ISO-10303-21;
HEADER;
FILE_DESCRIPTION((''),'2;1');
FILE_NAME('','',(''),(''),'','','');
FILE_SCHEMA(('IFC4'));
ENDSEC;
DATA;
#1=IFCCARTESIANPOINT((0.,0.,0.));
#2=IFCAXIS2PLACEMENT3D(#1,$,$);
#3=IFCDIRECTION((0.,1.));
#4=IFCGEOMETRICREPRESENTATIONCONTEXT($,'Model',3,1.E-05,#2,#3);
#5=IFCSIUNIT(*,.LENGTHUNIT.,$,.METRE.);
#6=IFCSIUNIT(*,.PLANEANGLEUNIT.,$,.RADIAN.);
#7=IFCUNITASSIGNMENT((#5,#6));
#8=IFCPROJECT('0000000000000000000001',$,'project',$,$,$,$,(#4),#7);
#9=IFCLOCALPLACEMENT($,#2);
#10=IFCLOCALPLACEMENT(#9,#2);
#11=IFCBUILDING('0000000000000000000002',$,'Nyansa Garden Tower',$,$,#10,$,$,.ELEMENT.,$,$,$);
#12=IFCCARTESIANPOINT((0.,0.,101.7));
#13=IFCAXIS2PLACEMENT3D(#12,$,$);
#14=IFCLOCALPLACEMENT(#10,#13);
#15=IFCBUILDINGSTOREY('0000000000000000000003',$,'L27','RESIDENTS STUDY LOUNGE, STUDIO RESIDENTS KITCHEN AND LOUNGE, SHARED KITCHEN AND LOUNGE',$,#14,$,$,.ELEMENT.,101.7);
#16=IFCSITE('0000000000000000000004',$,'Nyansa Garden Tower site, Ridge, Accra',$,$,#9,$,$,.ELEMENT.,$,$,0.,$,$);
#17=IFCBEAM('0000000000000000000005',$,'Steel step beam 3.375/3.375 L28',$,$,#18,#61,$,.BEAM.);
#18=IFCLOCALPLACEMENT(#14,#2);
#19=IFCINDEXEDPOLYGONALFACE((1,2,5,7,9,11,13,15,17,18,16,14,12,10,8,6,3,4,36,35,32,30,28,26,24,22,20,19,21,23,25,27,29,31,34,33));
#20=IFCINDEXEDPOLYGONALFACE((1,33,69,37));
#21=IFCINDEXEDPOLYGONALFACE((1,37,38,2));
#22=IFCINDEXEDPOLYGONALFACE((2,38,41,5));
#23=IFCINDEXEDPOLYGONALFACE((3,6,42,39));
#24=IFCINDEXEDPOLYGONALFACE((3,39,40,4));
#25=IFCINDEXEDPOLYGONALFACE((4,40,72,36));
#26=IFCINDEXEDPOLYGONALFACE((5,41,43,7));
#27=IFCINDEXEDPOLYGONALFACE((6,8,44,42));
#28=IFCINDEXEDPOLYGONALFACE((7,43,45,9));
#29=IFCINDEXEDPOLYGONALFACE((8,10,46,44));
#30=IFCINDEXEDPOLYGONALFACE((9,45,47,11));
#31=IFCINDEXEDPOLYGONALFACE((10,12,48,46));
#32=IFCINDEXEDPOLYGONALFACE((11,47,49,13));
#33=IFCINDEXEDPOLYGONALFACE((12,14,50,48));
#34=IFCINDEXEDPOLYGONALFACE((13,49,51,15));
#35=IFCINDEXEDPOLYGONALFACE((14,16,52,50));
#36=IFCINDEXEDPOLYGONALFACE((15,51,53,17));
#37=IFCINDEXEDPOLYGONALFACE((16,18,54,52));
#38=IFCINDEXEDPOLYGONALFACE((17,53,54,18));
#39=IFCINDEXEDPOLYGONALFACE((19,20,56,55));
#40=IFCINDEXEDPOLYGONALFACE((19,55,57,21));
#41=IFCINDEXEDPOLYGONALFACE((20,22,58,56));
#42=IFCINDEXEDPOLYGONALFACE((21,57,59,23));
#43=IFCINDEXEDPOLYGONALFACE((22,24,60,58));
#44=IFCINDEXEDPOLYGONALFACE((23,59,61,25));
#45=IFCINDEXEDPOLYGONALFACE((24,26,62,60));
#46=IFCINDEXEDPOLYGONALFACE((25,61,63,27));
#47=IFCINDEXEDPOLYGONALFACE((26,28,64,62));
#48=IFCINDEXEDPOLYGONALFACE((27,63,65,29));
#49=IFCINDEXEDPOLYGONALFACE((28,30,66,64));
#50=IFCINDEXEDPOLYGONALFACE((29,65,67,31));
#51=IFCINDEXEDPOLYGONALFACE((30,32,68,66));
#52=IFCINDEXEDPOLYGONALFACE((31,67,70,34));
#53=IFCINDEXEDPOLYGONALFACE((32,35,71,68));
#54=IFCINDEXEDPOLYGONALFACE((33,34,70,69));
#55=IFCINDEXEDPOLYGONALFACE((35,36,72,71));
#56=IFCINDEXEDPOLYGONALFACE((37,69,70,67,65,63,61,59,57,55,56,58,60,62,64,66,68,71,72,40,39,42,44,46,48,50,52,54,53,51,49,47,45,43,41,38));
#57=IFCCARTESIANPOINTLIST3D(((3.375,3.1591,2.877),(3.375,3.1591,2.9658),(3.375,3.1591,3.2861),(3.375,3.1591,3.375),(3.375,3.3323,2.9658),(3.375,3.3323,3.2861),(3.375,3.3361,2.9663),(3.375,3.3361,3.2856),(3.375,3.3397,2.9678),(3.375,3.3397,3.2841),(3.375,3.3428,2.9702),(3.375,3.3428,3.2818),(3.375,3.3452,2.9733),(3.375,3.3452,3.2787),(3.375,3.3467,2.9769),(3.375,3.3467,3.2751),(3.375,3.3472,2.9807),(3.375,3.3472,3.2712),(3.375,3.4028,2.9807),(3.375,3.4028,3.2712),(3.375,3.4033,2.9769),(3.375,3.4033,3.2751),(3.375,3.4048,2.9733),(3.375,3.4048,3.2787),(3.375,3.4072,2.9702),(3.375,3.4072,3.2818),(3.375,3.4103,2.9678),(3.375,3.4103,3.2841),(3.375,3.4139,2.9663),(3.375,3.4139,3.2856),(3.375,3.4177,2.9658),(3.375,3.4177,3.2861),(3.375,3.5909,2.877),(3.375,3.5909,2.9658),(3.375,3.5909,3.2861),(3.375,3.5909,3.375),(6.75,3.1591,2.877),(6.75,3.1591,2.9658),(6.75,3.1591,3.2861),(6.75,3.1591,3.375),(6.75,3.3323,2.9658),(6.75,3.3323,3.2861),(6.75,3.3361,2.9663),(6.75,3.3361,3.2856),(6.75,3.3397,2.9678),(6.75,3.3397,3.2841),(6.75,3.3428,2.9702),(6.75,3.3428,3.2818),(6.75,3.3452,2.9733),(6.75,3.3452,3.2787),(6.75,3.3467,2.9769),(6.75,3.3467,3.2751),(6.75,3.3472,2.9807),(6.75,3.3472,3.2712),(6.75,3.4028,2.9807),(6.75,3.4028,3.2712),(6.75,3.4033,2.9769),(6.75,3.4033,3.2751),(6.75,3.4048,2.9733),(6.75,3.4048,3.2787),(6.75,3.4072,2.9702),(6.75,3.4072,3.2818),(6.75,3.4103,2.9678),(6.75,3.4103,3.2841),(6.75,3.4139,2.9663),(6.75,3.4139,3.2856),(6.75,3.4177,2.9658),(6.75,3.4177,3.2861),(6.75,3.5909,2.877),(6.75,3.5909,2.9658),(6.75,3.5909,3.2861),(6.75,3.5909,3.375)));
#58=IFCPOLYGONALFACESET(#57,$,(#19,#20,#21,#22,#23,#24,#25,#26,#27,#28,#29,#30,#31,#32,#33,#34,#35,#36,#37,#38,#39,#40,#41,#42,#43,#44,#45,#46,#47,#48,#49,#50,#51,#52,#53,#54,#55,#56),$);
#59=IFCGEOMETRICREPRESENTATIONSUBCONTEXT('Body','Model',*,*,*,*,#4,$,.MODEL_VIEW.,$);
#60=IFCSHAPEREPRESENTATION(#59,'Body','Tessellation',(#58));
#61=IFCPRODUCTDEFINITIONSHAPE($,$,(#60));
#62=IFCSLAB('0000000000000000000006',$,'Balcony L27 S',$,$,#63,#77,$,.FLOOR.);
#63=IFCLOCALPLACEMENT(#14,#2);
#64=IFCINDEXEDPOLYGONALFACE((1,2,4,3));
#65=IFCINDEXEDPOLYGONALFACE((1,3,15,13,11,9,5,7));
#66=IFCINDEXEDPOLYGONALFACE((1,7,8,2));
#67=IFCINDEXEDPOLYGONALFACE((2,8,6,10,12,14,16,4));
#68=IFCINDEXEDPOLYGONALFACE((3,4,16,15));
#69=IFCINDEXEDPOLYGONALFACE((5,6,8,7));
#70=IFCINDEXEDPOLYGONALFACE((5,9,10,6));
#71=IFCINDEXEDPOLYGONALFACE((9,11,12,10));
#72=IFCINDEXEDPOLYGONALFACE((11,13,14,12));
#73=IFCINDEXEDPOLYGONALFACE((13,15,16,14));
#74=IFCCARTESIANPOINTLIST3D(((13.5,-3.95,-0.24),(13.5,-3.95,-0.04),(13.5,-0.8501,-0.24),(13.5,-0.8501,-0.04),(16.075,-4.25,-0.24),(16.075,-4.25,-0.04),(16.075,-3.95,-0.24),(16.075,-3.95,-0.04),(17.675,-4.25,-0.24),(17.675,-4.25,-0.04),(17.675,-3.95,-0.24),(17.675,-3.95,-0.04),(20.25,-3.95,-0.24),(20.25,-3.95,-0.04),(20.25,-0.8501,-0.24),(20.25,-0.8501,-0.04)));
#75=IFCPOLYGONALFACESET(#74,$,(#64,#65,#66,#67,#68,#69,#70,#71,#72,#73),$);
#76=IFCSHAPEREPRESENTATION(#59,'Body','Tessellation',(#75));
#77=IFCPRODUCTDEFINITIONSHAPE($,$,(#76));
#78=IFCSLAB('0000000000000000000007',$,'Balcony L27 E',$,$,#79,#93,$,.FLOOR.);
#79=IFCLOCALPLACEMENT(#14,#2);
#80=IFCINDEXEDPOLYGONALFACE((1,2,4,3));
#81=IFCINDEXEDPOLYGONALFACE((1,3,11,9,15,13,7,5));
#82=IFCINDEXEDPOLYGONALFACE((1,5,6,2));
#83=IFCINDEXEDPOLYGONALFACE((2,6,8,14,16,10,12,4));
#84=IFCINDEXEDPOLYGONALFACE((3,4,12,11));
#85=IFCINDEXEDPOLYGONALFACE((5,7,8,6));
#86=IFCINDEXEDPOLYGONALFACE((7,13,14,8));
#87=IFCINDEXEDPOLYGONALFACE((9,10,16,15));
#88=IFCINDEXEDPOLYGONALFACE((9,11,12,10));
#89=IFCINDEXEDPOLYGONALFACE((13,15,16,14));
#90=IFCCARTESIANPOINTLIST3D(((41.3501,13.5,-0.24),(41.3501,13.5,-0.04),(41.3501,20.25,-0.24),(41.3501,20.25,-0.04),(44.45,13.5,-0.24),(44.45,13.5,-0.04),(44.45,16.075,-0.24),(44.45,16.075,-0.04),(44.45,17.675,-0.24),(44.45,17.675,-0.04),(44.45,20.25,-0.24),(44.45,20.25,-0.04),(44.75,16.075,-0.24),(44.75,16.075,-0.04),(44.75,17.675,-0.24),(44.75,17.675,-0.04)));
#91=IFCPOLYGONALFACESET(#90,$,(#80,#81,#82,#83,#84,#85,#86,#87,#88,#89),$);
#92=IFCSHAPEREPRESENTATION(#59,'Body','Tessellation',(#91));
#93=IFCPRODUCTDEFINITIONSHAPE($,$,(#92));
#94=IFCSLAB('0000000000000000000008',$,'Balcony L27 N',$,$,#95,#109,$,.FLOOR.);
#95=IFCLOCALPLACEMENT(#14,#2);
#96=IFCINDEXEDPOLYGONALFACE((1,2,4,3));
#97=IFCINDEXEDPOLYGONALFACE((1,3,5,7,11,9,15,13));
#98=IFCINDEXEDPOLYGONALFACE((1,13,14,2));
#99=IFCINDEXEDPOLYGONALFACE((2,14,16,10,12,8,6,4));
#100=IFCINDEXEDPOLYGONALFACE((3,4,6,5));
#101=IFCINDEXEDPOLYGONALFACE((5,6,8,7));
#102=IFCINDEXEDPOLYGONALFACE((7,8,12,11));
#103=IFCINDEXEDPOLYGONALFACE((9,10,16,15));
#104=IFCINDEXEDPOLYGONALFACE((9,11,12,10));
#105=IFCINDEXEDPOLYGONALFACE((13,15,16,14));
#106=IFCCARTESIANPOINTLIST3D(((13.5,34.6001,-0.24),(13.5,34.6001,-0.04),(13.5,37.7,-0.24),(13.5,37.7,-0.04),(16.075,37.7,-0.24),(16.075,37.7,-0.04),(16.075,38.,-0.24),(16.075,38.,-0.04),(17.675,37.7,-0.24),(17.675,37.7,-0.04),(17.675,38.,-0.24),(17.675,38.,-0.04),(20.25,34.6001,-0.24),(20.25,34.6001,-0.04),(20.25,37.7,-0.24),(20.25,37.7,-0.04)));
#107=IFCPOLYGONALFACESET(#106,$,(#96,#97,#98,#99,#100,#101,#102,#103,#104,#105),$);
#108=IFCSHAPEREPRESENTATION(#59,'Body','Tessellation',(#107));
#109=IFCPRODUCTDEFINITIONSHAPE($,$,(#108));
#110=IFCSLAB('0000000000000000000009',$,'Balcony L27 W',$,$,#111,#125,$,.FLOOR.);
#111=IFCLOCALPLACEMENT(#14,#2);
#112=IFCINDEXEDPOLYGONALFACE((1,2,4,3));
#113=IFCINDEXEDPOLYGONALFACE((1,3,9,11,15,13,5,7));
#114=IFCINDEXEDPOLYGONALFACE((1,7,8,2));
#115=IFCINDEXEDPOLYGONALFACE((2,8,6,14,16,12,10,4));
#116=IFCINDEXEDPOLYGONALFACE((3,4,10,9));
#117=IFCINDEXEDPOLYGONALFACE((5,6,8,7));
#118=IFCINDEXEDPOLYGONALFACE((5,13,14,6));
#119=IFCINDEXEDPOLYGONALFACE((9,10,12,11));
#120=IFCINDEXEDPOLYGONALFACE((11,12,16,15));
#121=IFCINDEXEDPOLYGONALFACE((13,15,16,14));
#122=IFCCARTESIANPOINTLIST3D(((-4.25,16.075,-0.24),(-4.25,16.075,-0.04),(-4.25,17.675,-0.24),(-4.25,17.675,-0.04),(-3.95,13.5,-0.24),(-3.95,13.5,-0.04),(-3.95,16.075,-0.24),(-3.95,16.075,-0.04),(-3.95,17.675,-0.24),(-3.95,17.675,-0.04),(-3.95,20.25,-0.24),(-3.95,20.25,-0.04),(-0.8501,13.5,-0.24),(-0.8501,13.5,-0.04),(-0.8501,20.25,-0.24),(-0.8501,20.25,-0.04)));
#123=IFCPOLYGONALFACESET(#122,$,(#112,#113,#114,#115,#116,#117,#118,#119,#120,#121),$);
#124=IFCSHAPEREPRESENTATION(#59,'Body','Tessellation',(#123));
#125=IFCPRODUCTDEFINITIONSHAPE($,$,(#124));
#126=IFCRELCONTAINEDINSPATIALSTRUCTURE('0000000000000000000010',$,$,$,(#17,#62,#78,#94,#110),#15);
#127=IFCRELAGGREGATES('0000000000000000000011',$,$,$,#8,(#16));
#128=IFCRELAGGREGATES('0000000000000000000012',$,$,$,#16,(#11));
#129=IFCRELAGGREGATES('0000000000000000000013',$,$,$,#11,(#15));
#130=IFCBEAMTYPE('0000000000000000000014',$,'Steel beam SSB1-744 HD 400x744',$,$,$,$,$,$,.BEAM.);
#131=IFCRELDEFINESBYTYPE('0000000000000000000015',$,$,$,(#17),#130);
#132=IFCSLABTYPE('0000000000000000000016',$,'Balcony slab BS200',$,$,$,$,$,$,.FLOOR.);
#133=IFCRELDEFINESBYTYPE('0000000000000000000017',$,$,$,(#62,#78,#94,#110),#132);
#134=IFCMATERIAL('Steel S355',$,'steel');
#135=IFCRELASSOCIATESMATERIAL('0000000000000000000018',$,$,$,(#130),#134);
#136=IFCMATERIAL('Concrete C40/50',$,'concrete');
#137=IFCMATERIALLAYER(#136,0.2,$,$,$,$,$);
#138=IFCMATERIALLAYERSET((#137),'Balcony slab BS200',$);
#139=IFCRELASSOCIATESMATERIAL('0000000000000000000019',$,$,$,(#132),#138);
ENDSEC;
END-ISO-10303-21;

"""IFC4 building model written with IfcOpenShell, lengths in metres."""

from ifc_helpers import new_model, si_unit, direction, frame, origin, origin_2d, place, context, subcontext, project, spatial, polyline, i_section, outline, extrude, material, layer, layer_set, material_profile, profile_set, type_object, element, save


model = new_model("IFC4")

# Units and contexts
model_context = context("Model", 3, precision=1e-05, world=origin(), true_north=direction((0.0, 1.0)))
body_context = subcontext(model_context, "Body", "Model", "MODEL_VIEW")
ifc_project = project(units=[si_unit("LENGTHUNIT", "METRE"), si_unit("PLANEANGLEUNIT", "RADIAN")], contexts=[model_context])

# Site, building, storey
site_placement = place(None, origin())
site = spatial("IfcSite", under=ifc_project, at=site_placement, Name="Nyansa Garden Tower site, Ridge, Accra", CompositionType="ELEMENT", RefElevation=0.0)
building_placement = place(site_placement, origin())
building = spatial("IfcBuilding", under=site, at=building_placement, Name="Nyansa Garden Tower", CompositionType="ELEMENT")
storey_placement = place(building_placement, frame((0.0, 0.0, 101.7)))
storey = spatial("IfcBuildingStorey", under=building, at=storey_placement, Name="L27", Description="RESIDENTS STUDY LOUNGE, STUDIO RESIDENTS KITCHEN AND LOUNGE, SHARED KITCHEN AND LOUNGE", CompositionType="ELEMENT", Elevation=101.7)

# Beam
ifc_material_1 = material(Name="Steel S355", Category="steel")
ifc_material_profile_1 = material_profile(ifc_material_1, i_section(OverallWidth=0.4319, OverallDepth=0.498, WebThickness=0.0557, FlangeThickness=0.0889, FilletRadius=0.0149, at=origin_2d()), Name="HD 400x744")
ifc_profile_set_1 = profile_set([ifc_material_profile_1], Name="Steel S355")
beam_type_1 = type_object("IfcBeamType", Name="Steel beam SSB1-744 HD 400x744", PredefinedType="BEAM", material=ifc_profile_set_1)
for number, where, z_axis, x_axis, name in (
    (1, (3.375, 3.375, 3.126), (1.0, 0.0, 0.0), (0.0, 1.0, 0.0), "Steel step beam 3.375/3.375 L28"),
):
    element("IfcBeam", number, at=place(storey_placement, frame(where, z_axis=z_axis, x_axis=x_axis)), inside=storey, type_object=beam_type_1, Name=name, PredefinedType="BEAM", context=body_context, shape_type="SweptSolid", body=[
        extrude(i_section(OverallWidth=0.4319, OverallDepth=0.498, WebThickness=0.0557, FlangeThickness=0.0889, FilletRadius=0.0149, at=origin_2d()), origin(), (0.0, 0.0, 1.0), 3.375),
    ])

# Slabs
ifc_material_2 = material(Name="Concrete C40/50", Category="concrete")
ifc_layer_1 = layer(ifc_material_2, 0.2)
ifc_layer_set_1 = layer_set([ifc_layer_1], Name="Balcony slab BS200")
slab_type_1 = type_object("IfcSlabType", Name="Balcony slab BS200", PredefinedType="FLOOR", material=ifc_layer_set_1)
slab_1_placement = place(storey_placement, frame((0.0, 0.0, -0.24)))
element("IfcSlab", 2, at=slab_1_placement, inside=storey, type_object=slab_type_1, Name="Balcony L27 S", PredefinedType="FLOOR", context=body_context, shape_type="SweptSolid", body=[
    extrude(outline(polyline([(13.5, -0.8501), (20.25, -0.8501), (20.25, -3.95), (17.675, -3.95), (17.675, -4.25), (16.075, -4.25), (16.075, -3.95), (13.5, -3.95), (13.5, -0.8501)])), origin(), (0.0, 0.0, 1.0), 0.2),
])
slab_2_placement = place(storey_placement, frame((0.0, 0.0, -0.24)))
element("IfcSlab", 3, at=slab_2_placement, inside=storey, type_object=slab_type_1, Name="Balcony L27 E", PredefinedType="FLOOR", context=body_context, shape_type="SweptSolid", body=[
    extrude(outline(polyline([(41.3501, 13.5), (41.3501, 20.25), (44.45, 20.25), (44.45, 17.675), (44.75, 17.675), (44.75, 16.075), (44.45, 16.075), (44.45, 13.5), (41.3501, 13.5)])), origin(), (0.0, 0.0, 1.0), 0.2),
])
slab_3_placement = place(storey_placement, frame((0.0, 0.0, -0.24)))
element("IfcSlab", 4, at=slab_3_placement, inside=storey, type_object=slab_type_1, Name="Balcony L27 N", PredefinedType="FLOOR", context=body_context, shape_type="SweptSolid", body=[
    extrude(outline(polyline([(13.5, 34.6001), (20.25, 34.6001), (20.25, 37.7), (17.675, 37.7), (17.675, 38.0), (16.075, 38.0), (16.075, 37.7), (13.5, 37.7), (13.5, 34.6001)])), origin(), (0.0, 0.0, 1.0), 0.2),
])
slab_4_placement = place(storey_placement, frame((0.0, 0.0, -0.24)))
element("IfcSlab", 5, at=slab_4_placement, inside=storey, type_object=slab_type_1, Name="Balcony L27 W", PredefinedType="FLOOR", context=body_context, shape_type="SweptSolid", body=[
    extrude(outline(polyline([(-0.8501, 13.5), (-0.8501, 20.25), (-3.95, 20.25), (-3.95, 17.675), (-4.25, 17.675), (-4.25, 16.075), (-3.95, 16.075), (-3.95, 13.5), (-0.8501, 13.5)])), origin(), (0.0, 0.0, 1.0), 0.2),
])

save(model, "model.ifc")
